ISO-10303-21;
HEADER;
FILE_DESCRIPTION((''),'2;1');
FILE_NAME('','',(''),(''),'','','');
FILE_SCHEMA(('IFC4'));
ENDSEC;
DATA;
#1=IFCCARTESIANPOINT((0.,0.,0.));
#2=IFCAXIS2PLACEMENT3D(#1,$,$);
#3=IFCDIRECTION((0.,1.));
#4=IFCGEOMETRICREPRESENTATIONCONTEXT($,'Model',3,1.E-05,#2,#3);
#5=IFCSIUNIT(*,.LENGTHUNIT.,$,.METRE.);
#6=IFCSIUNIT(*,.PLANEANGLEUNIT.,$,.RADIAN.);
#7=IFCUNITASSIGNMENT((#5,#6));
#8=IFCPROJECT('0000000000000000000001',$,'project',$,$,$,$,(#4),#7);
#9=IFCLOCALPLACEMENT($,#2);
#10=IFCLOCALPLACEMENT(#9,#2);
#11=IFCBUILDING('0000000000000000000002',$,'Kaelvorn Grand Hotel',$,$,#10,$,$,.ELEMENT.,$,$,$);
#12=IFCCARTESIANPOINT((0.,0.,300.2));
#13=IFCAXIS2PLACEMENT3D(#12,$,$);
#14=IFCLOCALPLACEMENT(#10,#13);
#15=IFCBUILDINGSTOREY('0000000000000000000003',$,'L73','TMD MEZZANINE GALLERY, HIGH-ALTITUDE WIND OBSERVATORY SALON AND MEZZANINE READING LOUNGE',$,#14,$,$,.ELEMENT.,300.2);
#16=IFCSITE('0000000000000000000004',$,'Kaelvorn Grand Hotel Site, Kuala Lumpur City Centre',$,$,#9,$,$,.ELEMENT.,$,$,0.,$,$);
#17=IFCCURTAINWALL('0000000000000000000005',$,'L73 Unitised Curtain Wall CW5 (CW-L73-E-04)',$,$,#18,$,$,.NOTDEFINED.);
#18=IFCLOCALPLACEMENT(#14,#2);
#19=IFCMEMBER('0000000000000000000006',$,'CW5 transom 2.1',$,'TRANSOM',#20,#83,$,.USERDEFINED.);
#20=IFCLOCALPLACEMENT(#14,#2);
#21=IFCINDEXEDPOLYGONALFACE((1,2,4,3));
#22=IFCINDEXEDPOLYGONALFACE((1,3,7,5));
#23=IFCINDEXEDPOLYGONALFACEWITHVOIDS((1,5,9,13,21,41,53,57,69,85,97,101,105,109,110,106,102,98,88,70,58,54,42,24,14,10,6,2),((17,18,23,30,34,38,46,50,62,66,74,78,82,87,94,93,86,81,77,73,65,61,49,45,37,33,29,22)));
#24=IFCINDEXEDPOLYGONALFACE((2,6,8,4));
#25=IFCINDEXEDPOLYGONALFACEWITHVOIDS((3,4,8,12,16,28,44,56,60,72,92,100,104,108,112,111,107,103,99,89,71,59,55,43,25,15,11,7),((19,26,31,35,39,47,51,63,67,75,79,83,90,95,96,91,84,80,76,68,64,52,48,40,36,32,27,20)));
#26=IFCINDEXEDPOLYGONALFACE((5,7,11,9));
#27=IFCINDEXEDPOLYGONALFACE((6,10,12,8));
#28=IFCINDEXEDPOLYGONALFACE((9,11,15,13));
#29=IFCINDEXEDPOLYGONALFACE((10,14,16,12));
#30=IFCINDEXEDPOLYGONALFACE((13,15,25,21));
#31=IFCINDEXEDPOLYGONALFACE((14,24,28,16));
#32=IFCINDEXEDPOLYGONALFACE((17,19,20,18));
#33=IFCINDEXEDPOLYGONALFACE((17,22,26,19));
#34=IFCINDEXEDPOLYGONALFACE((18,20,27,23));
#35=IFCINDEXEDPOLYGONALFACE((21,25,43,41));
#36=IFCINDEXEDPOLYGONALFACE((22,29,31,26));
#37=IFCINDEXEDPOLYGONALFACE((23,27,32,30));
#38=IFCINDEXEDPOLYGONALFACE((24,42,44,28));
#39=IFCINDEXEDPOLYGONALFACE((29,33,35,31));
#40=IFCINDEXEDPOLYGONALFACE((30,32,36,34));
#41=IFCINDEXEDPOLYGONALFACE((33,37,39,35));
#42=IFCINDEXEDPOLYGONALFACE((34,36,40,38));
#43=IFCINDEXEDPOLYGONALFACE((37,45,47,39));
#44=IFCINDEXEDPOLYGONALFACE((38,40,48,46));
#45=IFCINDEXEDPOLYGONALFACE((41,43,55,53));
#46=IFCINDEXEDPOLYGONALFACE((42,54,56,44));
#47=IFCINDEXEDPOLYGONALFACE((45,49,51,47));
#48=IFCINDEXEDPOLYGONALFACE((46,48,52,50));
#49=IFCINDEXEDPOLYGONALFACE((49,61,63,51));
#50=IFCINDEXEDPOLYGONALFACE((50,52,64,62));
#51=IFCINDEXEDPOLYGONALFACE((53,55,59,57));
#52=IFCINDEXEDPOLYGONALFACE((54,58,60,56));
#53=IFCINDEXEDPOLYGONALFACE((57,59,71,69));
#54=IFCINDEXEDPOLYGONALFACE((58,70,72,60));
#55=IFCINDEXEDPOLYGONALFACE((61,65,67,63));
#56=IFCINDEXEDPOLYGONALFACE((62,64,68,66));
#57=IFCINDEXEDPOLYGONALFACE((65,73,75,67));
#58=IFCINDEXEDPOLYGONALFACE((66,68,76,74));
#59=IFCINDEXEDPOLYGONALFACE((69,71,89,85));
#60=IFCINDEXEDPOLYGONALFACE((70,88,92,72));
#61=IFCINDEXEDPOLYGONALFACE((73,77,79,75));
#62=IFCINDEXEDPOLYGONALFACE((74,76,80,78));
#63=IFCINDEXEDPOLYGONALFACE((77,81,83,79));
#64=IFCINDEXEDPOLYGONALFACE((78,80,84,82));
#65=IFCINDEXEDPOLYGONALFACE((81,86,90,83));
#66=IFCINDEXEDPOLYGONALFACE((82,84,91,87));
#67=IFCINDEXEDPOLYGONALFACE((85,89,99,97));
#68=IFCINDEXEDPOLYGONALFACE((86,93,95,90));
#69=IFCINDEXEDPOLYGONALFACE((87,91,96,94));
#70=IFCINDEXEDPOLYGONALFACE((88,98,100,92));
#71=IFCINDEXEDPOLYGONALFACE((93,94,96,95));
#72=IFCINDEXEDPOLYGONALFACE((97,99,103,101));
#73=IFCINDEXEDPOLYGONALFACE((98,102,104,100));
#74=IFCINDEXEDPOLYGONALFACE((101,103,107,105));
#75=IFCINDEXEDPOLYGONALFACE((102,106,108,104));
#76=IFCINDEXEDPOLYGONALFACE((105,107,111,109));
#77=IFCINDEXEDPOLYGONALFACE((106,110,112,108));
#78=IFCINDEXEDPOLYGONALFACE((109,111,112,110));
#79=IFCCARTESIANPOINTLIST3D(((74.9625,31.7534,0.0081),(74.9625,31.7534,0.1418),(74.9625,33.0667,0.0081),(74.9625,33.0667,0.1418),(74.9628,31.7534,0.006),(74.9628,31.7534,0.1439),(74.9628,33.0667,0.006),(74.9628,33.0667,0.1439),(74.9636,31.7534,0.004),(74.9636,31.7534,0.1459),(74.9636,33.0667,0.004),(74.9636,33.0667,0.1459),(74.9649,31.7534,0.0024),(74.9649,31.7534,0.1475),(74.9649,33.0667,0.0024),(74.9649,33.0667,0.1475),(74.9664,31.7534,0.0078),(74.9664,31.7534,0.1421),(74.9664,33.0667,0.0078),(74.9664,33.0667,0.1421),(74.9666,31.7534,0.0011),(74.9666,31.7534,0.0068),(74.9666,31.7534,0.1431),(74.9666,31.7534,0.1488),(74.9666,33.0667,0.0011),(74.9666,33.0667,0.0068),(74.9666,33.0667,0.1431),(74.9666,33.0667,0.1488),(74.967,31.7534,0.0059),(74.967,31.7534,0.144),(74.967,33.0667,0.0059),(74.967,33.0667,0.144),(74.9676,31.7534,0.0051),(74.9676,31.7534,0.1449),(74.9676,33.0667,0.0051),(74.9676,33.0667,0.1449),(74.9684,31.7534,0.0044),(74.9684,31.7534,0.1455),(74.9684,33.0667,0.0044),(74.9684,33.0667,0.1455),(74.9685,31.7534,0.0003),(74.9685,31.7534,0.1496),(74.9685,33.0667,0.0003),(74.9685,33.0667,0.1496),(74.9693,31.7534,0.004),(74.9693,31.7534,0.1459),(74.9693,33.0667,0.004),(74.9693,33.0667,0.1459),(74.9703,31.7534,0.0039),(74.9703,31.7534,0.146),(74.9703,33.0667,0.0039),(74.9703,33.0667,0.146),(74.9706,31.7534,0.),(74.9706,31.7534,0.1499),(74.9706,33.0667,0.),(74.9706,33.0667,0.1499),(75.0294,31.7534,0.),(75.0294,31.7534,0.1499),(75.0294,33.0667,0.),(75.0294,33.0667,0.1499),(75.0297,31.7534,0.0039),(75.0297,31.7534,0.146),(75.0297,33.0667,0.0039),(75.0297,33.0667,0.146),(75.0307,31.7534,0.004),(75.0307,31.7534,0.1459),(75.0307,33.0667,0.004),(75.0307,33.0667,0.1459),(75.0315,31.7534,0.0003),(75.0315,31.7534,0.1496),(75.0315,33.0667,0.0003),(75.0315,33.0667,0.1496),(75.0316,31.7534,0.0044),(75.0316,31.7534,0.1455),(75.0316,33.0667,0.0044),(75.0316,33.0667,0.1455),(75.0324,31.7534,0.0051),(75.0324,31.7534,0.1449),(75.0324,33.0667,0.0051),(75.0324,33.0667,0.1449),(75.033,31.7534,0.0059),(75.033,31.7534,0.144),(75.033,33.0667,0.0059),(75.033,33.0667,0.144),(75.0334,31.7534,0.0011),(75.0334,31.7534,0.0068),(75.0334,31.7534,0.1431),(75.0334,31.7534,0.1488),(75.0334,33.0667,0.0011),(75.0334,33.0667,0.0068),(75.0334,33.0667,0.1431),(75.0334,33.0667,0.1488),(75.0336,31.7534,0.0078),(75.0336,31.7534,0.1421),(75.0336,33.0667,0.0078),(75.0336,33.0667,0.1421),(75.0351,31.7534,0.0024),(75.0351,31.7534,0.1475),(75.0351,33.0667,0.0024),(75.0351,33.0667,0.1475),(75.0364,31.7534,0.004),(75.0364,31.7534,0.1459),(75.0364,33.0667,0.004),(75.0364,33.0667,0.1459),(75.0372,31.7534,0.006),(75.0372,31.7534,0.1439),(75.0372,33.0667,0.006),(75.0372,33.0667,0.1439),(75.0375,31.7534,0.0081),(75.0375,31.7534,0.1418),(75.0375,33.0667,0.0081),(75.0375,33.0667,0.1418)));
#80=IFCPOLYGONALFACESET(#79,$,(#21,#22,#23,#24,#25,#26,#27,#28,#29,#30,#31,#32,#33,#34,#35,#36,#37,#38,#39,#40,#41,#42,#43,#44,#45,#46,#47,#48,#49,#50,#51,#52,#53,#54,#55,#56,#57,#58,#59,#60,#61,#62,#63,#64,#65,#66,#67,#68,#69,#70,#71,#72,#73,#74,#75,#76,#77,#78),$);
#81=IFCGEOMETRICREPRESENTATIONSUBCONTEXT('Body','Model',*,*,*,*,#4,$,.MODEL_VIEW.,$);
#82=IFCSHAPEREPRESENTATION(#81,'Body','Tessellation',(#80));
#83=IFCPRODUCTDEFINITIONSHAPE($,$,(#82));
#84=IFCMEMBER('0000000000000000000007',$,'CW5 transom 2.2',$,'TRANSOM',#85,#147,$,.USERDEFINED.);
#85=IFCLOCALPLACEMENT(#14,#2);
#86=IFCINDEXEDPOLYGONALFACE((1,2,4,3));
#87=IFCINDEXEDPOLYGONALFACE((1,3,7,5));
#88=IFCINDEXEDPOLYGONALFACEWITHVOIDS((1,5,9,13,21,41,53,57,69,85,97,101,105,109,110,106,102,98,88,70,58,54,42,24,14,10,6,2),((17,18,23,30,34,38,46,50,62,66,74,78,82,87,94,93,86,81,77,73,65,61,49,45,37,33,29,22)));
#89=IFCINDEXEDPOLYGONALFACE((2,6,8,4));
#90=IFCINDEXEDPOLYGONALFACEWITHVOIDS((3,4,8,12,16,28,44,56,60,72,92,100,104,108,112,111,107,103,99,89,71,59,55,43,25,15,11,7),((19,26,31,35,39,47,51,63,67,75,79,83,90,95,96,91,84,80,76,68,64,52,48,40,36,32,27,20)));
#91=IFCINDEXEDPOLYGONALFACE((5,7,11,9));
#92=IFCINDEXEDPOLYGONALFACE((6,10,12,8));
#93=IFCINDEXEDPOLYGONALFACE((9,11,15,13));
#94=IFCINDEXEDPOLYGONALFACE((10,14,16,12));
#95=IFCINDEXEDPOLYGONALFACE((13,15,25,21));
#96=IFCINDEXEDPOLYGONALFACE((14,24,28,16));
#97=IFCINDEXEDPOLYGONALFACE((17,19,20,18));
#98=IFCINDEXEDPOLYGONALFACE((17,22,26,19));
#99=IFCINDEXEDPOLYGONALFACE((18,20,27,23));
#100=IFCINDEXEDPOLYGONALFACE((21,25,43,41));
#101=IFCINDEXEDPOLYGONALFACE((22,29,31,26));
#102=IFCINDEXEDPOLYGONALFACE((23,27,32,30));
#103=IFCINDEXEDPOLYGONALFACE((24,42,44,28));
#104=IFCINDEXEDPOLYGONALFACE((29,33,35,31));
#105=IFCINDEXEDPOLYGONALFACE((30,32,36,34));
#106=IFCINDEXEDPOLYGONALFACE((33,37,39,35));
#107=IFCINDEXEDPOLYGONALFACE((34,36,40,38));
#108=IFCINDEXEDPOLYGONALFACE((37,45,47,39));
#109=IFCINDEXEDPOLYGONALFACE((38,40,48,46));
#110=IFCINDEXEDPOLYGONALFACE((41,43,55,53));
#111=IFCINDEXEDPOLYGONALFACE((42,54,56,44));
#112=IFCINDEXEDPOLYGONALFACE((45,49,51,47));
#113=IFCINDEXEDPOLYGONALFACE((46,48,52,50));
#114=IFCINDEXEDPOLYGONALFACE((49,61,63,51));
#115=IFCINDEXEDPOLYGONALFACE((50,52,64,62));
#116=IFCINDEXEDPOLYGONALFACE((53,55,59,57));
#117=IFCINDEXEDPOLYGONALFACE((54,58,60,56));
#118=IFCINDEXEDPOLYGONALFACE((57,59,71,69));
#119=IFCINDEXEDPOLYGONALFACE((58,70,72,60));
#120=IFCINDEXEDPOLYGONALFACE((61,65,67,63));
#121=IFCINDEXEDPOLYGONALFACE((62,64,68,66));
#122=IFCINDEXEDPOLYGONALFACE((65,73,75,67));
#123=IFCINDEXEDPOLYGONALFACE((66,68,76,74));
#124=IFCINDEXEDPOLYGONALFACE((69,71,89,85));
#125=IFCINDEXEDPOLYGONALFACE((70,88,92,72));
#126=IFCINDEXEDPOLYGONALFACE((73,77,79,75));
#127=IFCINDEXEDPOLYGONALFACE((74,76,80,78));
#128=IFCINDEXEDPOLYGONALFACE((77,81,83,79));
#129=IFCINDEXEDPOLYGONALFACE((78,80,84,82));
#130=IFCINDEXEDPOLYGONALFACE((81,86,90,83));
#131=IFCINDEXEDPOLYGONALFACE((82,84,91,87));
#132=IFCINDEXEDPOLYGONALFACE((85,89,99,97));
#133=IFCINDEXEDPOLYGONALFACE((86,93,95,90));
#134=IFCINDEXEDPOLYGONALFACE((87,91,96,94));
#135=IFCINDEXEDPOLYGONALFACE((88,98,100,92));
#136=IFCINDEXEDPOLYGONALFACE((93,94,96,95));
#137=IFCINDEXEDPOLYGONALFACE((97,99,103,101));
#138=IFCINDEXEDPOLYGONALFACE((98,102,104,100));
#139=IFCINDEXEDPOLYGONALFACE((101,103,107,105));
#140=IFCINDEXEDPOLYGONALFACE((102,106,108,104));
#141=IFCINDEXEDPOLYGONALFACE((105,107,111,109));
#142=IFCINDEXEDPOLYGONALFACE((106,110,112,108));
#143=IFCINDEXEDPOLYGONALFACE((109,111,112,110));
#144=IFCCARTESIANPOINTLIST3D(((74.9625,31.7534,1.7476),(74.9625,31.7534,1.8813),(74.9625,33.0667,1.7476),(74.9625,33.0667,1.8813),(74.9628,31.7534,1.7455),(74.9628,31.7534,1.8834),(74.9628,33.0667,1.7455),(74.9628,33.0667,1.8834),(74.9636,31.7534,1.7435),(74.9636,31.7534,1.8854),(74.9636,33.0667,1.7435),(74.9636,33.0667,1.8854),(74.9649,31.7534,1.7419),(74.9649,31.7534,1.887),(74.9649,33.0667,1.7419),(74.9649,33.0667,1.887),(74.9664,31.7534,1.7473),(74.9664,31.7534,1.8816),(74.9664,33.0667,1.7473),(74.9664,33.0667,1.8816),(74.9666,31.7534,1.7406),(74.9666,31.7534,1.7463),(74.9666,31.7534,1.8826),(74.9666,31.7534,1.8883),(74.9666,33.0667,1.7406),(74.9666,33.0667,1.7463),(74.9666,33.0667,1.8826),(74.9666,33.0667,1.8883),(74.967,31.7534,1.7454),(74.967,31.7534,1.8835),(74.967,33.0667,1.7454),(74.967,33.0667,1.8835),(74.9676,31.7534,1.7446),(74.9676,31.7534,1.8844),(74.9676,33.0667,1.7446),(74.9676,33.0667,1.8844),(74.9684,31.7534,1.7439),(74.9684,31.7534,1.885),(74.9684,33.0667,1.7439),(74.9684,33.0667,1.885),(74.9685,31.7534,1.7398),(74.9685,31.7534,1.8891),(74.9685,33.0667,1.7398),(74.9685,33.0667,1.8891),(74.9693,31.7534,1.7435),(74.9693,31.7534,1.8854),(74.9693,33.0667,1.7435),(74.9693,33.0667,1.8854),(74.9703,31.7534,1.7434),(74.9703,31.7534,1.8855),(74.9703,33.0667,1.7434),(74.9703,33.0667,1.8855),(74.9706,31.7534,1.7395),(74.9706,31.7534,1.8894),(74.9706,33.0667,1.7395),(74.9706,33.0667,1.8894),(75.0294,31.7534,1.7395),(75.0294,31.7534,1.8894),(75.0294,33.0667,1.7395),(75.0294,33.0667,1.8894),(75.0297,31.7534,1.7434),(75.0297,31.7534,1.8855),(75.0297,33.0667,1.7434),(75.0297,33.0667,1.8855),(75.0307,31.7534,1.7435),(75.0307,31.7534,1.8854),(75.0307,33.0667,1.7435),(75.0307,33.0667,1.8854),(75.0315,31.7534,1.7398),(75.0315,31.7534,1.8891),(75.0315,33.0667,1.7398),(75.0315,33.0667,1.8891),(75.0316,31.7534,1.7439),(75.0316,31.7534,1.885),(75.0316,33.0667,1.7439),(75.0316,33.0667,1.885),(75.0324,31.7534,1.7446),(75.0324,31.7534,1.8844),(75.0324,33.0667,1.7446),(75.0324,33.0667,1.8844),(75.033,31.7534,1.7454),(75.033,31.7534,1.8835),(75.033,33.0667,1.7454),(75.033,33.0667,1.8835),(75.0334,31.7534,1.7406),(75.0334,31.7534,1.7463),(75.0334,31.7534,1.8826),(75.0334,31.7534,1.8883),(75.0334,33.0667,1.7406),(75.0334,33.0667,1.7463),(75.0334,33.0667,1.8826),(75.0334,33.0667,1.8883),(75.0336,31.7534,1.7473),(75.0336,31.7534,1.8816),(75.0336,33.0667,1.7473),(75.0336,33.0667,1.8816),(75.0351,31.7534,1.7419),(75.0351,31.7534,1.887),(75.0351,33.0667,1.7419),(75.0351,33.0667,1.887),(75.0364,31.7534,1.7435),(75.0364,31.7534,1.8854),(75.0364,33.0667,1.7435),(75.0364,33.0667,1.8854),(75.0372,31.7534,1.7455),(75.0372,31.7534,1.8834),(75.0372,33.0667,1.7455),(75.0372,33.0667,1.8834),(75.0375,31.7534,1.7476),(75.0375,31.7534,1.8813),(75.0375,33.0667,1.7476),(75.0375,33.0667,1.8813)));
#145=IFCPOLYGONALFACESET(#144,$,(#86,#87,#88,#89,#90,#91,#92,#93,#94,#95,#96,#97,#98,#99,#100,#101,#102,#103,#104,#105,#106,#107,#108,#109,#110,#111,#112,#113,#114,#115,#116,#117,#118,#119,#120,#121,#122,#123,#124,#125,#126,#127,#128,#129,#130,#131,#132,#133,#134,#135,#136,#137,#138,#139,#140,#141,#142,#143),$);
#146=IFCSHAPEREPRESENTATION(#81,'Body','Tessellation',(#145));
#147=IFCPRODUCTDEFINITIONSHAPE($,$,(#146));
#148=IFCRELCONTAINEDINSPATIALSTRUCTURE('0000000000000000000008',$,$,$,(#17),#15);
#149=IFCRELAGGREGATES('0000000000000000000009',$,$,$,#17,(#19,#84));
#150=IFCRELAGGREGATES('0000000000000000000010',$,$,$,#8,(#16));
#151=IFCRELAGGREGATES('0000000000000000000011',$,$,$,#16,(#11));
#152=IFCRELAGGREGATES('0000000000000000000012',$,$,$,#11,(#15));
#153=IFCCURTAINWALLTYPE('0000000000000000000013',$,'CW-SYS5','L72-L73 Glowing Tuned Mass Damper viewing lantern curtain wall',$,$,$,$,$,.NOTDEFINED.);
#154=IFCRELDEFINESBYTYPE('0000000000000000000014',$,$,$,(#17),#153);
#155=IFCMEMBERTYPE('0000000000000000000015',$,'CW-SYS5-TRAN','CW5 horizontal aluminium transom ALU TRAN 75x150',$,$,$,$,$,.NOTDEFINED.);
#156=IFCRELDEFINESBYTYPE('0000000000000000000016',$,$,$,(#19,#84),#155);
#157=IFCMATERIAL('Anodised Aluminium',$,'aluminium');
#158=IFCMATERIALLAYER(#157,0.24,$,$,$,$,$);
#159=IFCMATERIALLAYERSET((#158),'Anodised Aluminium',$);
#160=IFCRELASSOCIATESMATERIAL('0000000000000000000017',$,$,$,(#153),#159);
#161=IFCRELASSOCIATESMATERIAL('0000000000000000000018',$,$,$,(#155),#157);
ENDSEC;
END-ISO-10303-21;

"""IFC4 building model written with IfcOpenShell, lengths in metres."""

from ifc_helpers import new_model, si_unit, direction, frame, origin, origin_2d, place, context, subcontext, project, spatial, hollow_rectangle, extrude, material, layer, layer_set, material_profile, profile_set, type_object, element, aggregate, save


model = new_model("IFC4")

# Units and contexts
model_context = context("Model", 3, precision=1e-05, world=origin(), true_north=direction((0.0, 1.0)))
body_context = subcontext(model_context, "Body", "Model", "MODEL_VIEW")
ifc_project = project(units=[si_unit("LENGTHUNIT", "METRE"), si_unit("PLANEANGLEUNIT", "RADIAN")], contexts=[model_context])

# Site, building, storey
site_placement = place(None, origin())
site = spatial("IfcSite", under=ifc_project, at=site_placement, Name="Kaelvorn Grand Hotel Site, Kuala Lumpur City Centre", CompositionType="ELEMENT", RefElevation=0.0)
building_placement = place(site_placement, origin())
building = spatial("IfcBuilding", under=site, at=building_placement, Name="Kaelvorn Grand Hotel", CompositionType="ELEMENT")
storey_placement = place(building_placement, frame((0.0, 0.0, 300.2)))
storey = spatial("IfcBuildingStorey", under=building, at=storey_placement, Name="L73", Description="TMD MEZZANINE GALLERY, HIGH-ALTITUDE WIND OBSERVATORY SALON AND MEZZANINE READING LOUNGE", CompositionType="ELEMENT", Elevation=300.2)

# Shared definitions
ifc_material_1 = material(Name="Anodised Aluminium", Category="aluminium")
ifc_layer_1 = layer(ifc_material_1, 0.24)
ifc_layer_set_1 = layer_set([ifc_layer_1], Name="Anodised Aluminium")
curtain_wall_type = type_object("IfcCurtainWallType", Name="CW-SYS5", Description="L72-L73 Glowing Tuned Mass Damper viewing lantern curtain wall", PredefinedType="NOTDEFINED", material=ifc_layer_set_1)

# Curtain wall, members
curtain_wall_1_placement = place(storey_placement, origin())
curtain_wall_1 = element("IfcCurtainWall", 1, at=curtain_wall_1_placement, inside=storey, type_object=curtain_wall_type, Name="L73 Unitised Curtain Wall CW5 (CW-L73-E-04)", PredefinedType="NOTDEFINED")
ifc_material_profile_1 = material_profile(ifc_material_1, hollow_rectangle(XDim=0.075, YDim=0.1499, WallThickness=0.0039, InnerFilletRadius=0.0039, OuterFilletRadius=0.0081, at=origin_2d()), Name="ALU TRAN 75x150")
ifc_profile_set_1 = profile_set([ifc_material_profile_1], Name="Anodised Aluminium")
member_type_1 = type_object("IfcMemberType", Name="CW-SYS5-TRAN", Description="CW5 horizontal aluminium transom ALU TRAN 75x150", PredefinedType="NOTDEFINED", material=ifc_profile_set_1)
member_1_placement = place(storey_placement, frame((75.0, 31.7534, 0.075), z_axis=(0.0, 1.0, 0.0), x_axis=(-1.0, 0.0, 0.0)))
member_1 = element("IfcMember", 2, at=member_1_placement, type_object=member_type_1, Name="CW5 transom 2.1", ObjectType="TRANSOM", PredefinedType="USERDEFINED", context=body_context, shape_type="SweptSolid", body=[
    extrude(hollow_rectangle(XDim=0.075, YDim=0.1499, WallThickness=0.0039, InnerFilletRadius=0.0039, OuterFilletRadius=0.0081, at=origin_2d()), origin(), (0.0, 0.0, 1.0), 1.3132),
])
member_2_placement = place(storey_placement, frame((75.0, 31.7534, 1.8145), z_axis=(0.0, 1.0, 0.0), x_axis=(-1.0, 0.0, 0.0)))
member_2 = element("IfcMember", 3, at=member_2_placement, type_object=member_type_1, Name="CW5 transom 2.2", ObjectType="TRANSOM", PredefinedType="USERDEFINED", context=body_context, shape_type="SweptSolid", body=[
    extrude(hollow_rectangle(XDim=0.075, YDim=0.1499, WallThickness=0.0039, InnerFilletRadius=0.0039, OuterFilletRadius=0.0081, at=origin_2d()), origin(), (0.0, 0.0, 1.0), 1.3132),
])
aggregate(curtain_wall_1, [member_1, member_2])

save(model, "model.ifc")
